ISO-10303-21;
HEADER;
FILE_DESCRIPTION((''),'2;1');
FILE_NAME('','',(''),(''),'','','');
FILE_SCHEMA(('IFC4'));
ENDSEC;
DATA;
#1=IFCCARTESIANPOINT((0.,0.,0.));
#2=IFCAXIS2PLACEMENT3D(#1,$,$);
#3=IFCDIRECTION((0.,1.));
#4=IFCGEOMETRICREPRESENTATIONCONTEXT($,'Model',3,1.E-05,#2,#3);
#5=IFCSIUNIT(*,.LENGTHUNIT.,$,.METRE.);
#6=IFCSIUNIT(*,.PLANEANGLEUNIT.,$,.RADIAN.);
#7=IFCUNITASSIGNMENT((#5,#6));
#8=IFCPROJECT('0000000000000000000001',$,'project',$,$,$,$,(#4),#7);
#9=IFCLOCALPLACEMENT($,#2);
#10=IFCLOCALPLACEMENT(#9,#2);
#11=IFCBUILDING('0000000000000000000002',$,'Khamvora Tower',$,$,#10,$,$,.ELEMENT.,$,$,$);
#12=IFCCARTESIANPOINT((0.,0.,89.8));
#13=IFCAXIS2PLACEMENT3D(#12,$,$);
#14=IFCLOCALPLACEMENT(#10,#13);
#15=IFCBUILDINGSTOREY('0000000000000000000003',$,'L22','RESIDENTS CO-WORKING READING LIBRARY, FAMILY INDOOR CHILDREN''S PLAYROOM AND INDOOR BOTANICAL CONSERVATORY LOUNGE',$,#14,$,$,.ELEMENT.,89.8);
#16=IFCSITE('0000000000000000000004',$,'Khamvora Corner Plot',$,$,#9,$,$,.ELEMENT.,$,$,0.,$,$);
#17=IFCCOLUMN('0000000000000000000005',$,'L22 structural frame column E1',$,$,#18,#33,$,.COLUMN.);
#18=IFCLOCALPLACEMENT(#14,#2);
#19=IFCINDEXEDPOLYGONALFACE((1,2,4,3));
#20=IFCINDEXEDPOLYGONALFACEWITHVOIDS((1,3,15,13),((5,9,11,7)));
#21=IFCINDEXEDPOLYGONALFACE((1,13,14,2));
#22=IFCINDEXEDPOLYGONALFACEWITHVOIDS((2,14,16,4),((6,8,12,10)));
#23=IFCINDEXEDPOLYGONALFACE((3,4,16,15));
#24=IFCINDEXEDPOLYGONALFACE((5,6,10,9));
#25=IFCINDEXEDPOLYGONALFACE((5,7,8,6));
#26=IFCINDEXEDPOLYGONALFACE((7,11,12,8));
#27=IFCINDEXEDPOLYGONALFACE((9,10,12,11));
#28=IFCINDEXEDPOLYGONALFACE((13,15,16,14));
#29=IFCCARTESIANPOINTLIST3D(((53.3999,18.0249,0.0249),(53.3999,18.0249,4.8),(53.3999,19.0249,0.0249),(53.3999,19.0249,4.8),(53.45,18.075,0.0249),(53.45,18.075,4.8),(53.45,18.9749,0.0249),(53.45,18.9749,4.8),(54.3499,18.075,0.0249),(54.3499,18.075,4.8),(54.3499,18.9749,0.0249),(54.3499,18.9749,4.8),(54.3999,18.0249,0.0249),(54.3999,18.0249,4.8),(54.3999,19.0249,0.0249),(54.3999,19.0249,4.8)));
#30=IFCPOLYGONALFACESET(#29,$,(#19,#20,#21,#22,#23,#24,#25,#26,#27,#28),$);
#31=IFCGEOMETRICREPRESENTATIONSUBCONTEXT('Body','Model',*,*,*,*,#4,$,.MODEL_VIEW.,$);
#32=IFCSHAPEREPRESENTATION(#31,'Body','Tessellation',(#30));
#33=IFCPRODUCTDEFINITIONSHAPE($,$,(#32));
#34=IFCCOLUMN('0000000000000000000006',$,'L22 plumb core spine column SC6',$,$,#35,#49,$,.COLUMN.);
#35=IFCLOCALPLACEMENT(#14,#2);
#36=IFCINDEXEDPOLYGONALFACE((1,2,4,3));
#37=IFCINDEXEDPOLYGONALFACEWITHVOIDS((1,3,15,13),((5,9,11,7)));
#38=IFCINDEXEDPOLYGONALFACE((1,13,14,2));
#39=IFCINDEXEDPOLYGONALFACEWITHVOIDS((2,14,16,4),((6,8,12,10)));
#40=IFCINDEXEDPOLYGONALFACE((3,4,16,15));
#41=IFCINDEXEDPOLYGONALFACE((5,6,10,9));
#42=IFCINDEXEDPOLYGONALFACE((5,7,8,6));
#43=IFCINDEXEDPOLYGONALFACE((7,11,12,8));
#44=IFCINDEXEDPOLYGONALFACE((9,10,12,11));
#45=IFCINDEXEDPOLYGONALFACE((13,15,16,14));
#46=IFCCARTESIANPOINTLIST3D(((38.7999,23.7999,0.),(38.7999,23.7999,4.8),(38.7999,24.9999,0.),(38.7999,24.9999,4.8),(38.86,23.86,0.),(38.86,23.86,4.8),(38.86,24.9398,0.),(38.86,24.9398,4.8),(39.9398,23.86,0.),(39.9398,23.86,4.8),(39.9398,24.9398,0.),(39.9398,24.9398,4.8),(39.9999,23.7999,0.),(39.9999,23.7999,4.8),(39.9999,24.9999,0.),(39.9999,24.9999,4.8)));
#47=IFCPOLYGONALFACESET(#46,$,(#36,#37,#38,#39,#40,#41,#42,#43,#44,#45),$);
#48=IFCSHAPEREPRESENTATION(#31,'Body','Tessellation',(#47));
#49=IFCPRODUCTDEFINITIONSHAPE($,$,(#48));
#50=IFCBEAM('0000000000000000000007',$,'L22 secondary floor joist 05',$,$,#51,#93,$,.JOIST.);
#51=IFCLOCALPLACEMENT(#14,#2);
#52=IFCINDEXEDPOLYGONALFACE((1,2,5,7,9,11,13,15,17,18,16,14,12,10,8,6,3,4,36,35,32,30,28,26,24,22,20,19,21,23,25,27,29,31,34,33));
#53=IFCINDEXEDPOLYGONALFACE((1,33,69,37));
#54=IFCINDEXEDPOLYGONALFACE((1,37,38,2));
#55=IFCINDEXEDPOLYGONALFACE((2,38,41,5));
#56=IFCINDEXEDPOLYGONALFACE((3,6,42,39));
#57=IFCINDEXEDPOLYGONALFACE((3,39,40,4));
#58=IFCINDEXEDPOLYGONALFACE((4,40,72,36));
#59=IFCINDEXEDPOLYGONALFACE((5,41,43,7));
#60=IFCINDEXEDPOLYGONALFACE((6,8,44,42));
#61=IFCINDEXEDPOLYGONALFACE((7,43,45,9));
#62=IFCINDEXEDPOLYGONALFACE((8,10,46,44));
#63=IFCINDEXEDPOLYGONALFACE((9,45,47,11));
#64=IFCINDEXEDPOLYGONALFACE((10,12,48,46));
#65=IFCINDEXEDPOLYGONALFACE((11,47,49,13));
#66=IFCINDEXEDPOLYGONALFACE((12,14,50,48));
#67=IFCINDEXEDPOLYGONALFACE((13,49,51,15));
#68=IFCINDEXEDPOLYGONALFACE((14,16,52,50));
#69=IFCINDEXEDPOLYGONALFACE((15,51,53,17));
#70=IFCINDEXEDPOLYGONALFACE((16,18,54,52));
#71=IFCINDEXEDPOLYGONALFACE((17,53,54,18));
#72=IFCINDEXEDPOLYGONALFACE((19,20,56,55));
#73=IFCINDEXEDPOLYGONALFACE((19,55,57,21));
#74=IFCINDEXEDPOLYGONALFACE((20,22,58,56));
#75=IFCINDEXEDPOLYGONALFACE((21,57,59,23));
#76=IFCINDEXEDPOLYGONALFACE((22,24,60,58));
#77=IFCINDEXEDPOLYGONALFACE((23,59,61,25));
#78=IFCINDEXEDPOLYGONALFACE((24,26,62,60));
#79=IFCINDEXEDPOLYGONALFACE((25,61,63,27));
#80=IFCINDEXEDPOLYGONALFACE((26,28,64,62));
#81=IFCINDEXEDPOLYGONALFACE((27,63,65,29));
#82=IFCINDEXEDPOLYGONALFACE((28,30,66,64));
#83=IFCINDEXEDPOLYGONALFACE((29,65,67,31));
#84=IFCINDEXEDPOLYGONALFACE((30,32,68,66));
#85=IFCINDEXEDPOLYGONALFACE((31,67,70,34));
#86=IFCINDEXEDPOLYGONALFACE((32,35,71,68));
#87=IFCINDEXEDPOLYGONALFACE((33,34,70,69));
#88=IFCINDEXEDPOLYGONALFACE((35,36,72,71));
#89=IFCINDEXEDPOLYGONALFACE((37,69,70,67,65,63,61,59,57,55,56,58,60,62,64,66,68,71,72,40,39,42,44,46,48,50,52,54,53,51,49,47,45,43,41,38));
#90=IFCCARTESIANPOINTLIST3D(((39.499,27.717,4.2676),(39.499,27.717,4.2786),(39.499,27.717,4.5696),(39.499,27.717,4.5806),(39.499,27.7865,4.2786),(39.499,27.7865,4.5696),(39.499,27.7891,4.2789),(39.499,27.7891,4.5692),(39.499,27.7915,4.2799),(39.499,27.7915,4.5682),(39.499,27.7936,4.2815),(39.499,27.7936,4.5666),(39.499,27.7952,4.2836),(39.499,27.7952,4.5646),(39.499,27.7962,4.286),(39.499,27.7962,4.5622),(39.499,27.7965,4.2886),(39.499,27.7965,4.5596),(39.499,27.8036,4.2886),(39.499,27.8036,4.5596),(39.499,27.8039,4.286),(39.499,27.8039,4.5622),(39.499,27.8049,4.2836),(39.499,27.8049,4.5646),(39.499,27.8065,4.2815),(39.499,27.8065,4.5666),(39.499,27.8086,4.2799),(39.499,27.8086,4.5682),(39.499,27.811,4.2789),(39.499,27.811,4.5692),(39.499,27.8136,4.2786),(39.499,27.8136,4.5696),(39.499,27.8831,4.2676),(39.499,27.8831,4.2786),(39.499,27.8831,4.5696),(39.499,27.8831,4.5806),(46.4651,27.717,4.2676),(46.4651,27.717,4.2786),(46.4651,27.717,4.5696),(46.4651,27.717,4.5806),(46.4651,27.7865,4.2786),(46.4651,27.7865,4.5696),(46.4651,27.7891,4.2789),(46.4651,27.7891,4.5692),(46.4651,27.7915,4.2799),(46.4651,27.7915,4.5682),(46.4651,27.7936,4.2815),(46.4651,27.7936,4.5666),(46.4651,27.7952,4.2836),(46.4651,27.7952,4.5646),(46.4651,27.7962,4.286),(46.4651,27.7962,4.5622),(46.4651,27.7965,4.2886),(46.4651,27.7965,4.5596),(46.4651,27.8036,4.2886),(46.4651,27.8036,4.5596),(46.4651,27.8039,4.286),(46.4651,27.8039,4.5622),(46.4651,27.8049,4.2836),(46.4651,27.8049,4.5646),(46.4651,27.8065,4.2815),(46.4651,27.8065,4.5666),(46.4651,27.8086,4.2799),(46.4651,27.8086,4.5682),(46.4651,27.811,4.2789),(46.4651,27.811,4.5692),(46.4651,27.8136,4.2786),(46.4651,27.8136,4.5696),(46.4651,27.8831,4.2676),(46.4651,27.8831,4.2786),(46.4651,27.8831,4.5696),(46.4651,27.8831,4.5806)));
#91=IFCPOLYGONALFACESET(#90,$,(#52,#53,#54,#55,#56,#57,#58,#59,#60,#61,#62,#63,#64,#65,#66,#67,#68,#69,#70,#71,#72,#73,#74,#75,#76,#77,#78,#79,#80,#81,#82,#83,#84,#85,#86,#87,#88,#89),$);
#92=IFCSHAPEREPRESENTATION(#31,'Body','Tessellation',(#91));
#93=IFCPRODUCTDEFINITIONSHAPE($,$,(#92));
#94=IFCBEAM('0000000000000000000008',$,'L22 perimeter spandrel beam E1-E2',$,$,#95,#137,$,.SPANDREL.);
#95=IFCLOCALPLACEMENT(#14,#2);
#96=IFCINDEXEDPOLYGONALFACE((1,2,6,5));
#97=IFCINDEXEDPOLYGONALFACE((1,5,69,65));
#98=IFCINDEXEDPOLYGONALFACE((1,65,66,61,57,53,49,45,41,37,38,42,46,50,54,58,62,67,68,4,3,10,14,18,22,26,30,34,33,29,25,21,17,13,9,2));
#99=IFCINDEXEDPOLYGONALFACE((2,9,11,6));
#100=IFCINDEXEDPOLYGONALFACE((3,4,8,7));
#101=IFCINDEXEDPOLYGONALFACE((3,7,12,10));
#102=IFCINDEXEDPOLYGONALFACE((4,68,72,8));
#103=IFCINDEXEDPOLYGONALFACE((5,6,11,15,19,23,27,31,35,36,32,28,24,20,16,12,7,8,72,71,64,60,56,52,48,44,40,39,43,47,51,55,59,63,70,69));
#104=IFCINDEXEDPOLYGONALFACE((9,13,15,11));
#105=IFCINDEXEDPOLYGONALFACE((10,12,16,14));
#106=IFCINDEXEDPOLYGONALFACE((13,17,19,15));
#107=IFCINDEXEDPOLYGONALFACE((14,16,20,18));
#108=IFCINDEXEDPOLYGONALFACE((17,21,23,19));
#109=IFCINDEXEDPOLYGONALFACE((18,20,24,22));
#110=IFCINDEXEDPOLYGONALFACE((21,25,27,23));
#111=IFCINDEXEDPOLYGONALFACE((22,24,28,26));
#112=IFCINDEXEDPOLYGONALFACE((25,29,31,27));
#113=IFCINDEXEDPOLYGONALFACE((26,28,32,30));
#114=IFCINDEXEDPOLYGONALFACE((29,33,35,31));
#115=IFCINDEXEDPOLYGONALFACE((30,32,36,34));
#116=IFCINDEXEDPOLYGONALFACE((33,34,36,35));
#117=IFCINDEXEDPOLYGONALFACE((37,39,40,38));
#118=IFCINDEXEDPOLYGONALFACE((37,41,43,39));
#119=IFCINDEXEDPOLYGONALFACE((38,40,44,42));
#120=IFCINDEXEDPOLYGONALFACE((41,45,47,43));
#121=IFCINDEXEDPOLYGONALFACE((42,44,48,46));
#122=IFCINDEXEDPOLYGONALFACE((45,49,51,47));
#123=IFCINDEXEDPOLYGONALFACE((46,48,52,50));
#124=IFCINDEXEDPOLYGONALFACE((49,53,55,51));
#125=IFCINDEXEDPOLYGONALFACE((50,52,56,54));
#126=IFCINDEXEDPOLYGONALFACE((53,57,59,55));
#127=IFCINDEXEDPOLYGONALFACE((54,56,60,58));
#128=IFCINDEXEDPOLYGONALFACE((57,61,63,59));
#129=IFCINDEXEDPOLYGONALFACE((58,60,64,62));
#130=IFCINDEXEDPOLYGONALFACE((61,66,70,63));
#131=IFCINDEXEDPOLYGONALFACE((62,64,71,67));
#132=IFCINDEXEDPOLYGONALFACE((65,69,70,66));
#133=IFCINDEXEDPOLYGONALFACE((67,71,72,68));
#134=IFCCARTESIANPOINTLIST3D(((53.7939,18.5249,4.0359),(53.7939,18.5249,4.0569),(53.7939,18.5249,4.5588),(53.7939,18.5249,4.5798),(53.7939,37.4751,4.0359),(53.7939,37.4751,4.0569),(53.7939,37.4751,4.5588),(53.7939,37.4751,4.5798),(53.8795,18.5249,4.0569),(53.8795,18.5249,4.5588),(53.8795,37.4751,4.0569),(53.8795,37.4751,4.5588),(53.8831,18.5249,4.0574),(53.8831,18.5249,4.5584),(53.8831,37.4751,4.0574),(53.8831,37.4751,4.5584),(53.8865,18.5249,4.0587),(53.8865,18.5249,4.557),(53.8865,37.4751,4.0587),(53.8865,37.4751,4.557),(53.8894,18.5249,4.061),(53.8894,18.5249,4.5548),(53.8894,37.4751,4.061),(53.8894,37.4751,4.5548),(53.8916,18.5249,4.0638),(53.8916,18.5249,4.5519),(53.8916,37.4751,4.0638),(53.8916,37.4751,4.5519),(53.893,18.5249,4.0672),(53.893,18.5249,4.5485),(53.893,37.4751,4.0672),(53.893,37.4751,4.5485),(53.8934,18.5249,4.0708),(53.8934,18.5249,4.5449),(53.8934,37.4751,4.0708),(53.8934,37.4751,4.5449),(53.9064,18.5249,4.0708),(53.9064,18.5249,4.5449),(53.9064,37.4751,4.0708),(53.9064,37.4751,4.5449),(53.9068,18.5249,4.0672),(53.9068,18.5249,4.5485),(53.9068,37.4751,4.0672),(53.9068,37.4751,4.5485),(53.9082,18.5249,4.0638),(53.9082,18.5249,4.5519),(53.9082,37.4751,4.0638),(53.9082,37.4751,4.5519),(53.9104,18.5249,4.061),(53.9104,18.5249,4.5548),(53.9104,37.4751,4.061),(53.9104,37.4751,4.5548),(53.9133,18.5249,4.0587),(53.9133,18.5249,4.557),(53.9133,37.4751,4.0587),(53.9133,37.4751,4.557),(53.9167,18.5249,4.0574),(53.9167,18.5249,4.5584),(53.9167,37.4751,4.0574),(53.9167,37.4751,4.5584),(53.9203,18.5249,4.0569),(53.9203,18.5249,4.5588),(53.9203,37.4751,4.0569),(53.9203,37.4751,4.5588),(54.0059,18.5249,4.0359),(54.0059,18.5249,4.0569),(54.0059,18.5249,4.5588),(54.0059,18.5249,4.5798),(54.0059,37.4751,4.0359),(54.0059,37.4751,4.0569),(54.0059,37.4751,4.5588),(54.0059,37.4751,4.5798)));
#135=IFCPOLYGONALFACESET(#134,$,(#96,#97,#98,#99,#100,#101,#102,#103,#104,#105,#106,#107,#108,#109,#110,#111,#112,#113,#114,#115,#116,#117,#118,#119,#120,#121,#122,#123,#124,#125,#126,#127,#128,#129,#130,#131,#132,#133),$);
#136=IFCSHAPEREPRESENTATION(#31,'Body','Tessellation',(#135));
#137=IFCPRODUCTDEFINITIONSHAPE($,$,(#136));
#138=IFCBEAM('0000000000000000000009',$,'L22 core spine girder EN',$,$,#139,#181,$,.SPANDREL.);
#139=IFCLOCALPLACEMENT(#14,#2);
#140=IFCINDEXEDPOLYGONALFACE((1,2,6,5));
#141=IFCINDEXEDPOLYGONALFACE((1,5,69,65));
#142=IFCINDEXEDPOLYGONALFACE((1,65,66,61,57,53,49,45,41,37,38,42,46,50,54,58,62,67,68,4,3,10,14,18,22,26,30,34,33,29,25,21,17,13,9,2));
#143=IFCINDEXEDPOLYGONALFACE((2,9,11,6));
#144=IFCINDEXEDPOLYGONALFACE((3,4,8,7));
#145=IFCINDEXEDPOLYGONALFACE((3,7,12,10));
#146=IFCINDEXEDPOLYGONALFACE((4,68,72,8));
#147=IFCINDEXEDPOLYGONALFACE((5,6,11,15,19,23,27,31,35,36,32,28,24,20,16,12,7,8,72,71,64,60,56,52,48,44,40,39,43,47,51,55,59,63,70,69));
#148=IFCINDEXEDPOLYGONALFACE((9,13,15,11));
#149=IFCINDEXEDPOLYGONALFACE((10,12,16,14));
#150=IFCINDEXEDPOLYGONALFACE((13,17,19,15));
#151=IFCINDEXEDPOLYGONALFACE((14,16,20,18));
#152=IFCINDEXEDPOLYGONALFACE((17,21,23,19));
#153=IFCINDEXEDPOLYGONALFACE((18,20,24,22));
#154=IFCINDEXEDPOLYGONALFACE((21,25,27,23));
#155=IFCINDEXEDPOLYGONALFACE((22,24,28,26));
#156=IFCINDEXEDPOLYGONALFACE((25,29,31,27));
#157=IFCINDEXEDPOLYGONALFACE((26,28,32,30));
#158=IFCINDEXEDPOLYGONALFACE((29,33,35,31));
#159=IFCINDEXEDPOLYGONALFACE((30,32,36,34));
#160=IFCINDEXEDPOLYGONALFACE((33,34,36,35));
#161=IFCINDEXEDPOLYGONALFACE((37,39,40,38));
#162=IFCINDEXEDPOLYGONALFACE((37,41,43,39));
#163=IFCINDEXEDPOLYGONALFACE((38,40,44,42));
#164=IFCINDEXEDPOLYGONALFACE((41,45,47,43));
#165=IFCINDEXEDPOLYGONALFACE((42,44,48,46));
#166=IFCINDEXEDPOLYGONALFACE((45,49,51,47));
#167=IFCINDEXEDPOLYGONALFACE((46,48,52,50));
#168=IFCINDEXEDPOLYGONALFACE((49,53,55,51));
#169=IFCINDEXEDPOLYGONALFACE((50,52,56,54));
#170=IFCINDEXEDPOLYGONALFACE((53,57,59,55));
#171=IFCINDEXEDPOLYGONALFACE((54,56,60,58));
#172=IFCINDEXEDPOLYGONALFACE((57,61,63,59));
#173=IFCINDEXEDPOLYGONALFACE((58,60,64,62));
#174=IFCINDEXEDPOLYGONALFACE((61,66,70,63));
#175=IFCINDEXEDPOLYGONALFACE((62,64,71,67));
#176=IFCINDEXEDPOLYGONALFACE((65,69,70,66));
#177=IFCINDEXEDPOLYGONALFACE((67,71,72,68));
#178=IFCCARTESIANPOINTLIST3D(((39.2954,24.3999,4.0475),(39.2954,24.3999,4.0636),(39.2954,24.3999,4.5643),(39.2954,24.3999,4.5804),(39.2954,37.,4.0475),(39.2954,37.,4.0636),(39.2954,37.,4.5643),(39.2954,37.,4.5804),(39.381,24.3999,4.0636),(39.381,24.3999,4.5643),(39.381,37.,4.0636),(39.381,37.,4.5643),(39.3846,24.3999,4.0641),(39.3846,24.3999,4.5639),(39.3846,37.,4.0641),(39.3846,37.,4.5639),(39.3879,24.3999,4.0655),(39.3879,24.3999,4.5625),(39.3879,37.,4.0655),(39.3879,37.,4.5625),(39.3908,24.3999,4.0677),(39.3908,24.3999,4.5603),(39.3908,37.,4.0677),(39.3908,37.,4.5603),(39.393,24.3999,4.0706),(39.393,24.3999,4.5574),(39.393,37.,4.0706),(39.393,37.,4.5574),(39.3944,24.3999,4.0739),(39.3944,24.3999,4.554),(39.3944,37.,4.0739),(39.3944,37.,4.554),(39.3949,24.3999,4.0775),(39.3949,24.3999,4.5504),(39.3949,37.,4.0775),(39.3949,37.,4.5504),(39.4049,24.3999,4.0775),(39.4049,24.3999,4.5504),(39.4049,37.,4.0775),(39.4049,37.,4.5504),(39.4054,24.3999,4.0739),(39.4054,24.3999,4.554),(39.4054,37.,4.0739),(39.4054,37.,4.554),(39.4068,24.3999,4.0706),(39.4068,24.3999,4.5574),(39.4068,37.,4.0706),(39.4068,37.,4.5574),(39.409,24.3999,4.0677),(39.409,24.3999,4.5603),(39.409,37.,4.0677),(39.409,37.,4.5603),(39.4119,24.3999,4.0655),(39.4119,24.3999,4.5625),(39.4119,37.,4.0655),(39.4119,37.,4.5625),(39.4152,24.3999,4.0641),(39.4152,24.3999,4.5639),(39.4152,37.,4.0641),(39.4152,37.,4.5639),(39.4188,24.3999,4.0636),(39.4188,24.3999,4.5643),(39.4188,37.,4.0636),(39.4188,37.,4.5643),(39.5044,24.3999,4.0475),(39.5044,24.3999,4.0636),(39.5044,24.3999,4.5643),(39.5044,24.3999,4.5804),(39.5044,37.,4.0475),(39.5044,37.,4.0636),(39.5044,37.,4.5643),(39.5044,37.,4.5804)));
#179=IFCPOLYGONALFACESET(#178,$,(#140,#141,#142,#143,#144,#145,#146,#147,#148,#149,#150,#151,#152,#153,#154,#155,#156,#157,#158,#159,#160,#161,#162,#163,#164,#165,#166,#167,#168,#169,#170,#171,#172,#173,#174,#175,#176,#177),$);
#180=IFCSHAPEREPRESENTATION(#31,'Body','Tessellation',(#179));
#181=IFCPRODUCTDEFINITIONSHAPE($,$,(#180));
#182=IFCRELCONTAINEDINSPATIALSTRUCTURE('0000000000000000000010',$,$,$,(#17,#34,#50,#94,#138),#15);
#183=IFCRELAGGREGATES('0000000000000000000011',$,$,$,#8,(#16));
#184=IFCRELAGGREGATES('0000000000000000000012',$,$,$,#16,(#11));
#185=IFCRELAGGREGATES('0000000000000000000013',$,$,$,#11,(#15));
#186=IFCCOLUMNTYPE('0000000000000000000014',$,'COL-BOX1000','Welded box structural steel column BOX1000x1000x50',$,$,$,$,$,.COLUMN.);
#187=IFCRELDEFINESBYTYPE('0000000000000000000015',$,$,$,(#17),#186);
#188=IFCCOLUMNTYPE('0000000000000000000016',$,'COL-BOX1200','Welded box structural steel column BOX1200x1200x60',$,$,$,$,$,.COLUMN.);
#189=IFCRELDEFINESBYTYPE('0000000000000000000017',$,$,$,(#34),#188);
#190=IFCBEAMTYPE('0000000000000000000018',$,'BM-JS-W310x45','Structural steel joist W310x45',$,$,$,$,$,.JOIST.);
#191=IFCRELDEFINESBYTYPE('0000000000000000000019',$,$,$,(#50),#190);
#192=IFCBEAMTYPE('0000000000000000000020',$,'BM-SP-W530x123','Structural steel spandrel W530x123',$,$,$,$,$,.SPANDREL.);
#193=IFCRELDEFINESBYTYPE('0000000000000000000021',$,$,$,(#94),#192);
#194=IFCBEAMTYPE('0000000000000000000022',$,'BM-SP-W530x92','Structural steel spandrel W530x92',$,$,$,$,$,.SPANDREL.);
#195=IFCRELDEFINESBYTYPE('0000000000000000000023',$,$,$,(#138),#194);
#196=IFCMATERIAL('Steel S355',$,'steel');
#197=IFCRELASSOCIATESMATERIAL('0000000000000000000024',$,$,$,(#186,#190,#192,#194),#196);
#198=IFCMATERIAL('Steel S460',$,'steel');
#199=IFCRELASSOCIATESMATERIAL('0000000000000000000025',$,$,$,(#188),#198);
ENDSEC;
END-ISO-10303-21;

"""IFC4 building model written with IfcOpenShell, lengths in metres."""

from ifc_helpers import new_model, si_unit, direction, frame, origin, origin_2d, place, context, subcontext, project, spatial, hollow_rectangle, i_section, extrude, material, material_profile, profile_set, type_object, element, save


model = new_model("IFC4")

# Units and contexts
model_context = context("Model", 3, precision=1e-05, world=origin(), true_north=direction((0.0, 1.0)))
body_context = subcontext(model_context, "Body", "Model", "MODEL_VIEW")
ifc_project = project(units=[si_unit("LENGTHUNIT", "METRE"), si_unit("PLANEANGLEUNIT", "RADIAN")], contexts=[model_context])

# Site, building, storey
site_placement = place(None, origin())
site = spatial("IfcSite", under=ifc_project, at=site_placement, Name="Khamvora Corner Plot", CompositionType="ELEMENT", RefElevation=0.0)
building_placement = place(site_placement, origin())
building = spatial("IfcBuilding", under=site, at=building_placement, Name="Khamvora Tower", CompositionType="ELEMENT")
storey_placement = place(building_placement, frame((0.0, 0.0, 89.8)))
storey = spatial("IfcBuildingStorey", under=building, at=storey_placement, Name="L22", Description="RESIDENTS CO-WORKING READING LIBRARY, FAMILY INDOOR CHILDREN'S PLAYROOM AND INDOOR BOTANICAL CONSERVATORY LOUNGE", CompositionType="ELEMENT", Elevation=89.8)

# Columns
ifc_material_1 = material(Name="Steel S355", Category="steel")
ifc_material_profile_1 = material_profile(ifc_material_1, hollow_rectangle(XDim=1.0, YDim=1.0, WallThickness=0.05, at=origin_2d()), Name="BOX1000x1000x50")
ifc_profile_set_1 = profile_set([ifc_material_profile_1], Name="Steel S355")
column_type_1 = type_object("IfcColumnType", Name="COL-BOX1000", Description="Welded box structural steel column BOX1000x1000x50", PredefinedType="COLUMN", material=ifc_profile_set_1)
column_1_placement = place(storey_placement, frame((53.8999, 18.5249, 0.0249), z_axis=(0.0, 0.0, 1.0), x_axis=(1.0, 0.0, 0.0)))
element("IfcColumn", 1, at=column_1_placement, inside=storey, type_object=column_type_1, Name="L22 structural frame column E1", PredefinedType="COLUMN", context=body_context, shape_type="SweptSolid", body=[
    extrude(hollow_rectangle(XDim=1.0, YDim=1.0, WallThickness=0.05, at=origin_2d()), origin(), (0.0, 0.0, 1.0), 4.7751),
])
ifc_material_2 = material(Name="Steel S460", Category="steel")
ifc_material_profile_2 = material_profile(ifc_material_2, hollow_rectangle(XDim=1.2, YDim=1.2, WallThickness=0.0601, at=origin_2d()), Name="BOX1200x1200x60")
ifc_profile_set_2 = profile_set([ifc_material_profile_2], Name="Steel S460")
column_type_2 = type_object("IfcColumnType", Name="COL-BOX1200", Description="Welded box structural steel column BOX1200x1200x60", PredefinedType="COLUMN", material=ifc_profile_set_2)
column_2_placement = place(storey_placement, frame((39.3999, 24.3999, 0.0), z_axis=(0.0, 0.0, 1.0), x_axis=(1.0, 0.0, 0.0)))
element("IfcColumn", 2, at=column_2_placement, inside=storey, type_object=column_type_2, Name="L22 plumb core spine column SC6", PredefinedType="COLUMN", context=body_context, shape_type="SweptSolid", body=[
    extrude(hollow_rectangle(XDim=1.2, YDim=1.2, WallThickness=0.0601, at=origin_2d()), origin(), (0.0, 0.0, 1.0), 4.8),
])

# Beams
ifc_material_profile_3 = material_profile(ifc_material_1, i_section(OverallWidth=0.166, OverallDepth=0.313, WebThickness=0.0071, FlangeThickness=0.011, FilletRadius=0.01, at=origin_2d()), Name="W310x45")
ifc_profile_set_3 = profile_set([ifc_material_profile_3], Name="Steel S355")
beam_type_1 = type_object("IfcBeamType", Name="BM-JS-W310x45", Description="Structural steel joist W310x45", PredefinedType="JOIST", material=ifc_profile_set_3)
beam_1_placement = place(storey_placement, frame((39.499, 27.8, 4.4241), z_axis=(1.0, 0.0, 0.0), x_axis=(0.0, 1.0, 0.0)))
element("IfcBeam", 3, at=beam_1_placement, inside=storey, type_object=beam_type_1, Name="L22 secondary floor joist 05", PredefinedType="JOIST", context=body_context, shape_type="SweptSolid", body=[
    extrude(i_section(OverallWidth=0.166, OverallDepth=0.313, WebThickness=0.0071, FlangeThickness=0.011, FilletRadius=0.01, at=origin_2d()), origin(), (0.0, 0.0, 1.0), 6.9661),
])
ifc_material_profile_4 = material_profile(ifc_material_1, i_section(OverallWidth=0.2119, OverallDepth=0.5439, WebThickness=0.0129, FlangeThickness=0.021, FilletRadius=0.0139, at=origin_2d()), Name="W530x123")
ifc_profile_set_4 = profile_set([ifc_material_profile_4], Name="Steel S355")
beam_type_2 = type_object("IfcBeamType", Name="BM-SP-W530x123", Description="Structural steel spandrel W530x123", PredefinedType="SPANDREL", material=ifc_profile_set_4)
beam_2_placement = place(storey_placement, frame((53.8999, 18.5249, 4.3079), z_axis=(0.0, 1.0, 0.0), x_axis=(-1.0, 0.0, 0.0)))
element("IfcBeam", 4, at=beam_2_placement, inside=storey, type_object=beam_type_2, Name="L22 perimeter spandrel beam E1-E2", PredefinedType="SPANDREL", context=body_context, shape_type="SweptSolid", body=[
    extrude(i_section(OverallWidth=0.2119, OverallDepth=0.5439, WebThickness=0.0129, FlangeThickness=0.021, FilletRadius=0.0139, at=origin_2d()), origin(), (0.0, 0.0, 1.0), 18.9502),
])
ifc_material_profile_5 = material_profile(ifc_material_1, i_section(OverallWidth=0.209, OverallDepth=0.533, WebThickness=0.01, FlangeThickness=0.0161, FilletRadius=0.0139, at=origin_2d()), Name="W530x92")
ifc_profile_set_5 = profile_set([ifc_material_profile_5], Name="Steel S355")
beam_type_3 = type_object("IfcBeamType", Name="BM-SP-W530x92", Description="Structural steel spandrel W530x92", PredefinedType="SPANDREL", material=ifc_profile_set_5)
beam_3_placement = place(storey_placement, frame((39.3999, 24.3999, 4.314), z_axis=(0.0, 1.0, 0.0), x_axis=(-1.0, 0.0, 0.0)))
element("IfcBeam", 5, at=beam_3_placement, inside=storey, type_object=beam_type_3, Name="L22 core spine girder EN", PredefinedType="SPANDREL", context=body_context, shape_type="SweptSolid", body=[
    extrude(i_section(OverallWidth=0.209, OverallDepth=0.533, WebThickness=0.01, FlangeThickness=0.0161, FilletRadius=0.0139, at=origin_2d()), origin(), (0.0, 0.0, 1.0), 12.6001),
])

save(model, "model.ifc")
